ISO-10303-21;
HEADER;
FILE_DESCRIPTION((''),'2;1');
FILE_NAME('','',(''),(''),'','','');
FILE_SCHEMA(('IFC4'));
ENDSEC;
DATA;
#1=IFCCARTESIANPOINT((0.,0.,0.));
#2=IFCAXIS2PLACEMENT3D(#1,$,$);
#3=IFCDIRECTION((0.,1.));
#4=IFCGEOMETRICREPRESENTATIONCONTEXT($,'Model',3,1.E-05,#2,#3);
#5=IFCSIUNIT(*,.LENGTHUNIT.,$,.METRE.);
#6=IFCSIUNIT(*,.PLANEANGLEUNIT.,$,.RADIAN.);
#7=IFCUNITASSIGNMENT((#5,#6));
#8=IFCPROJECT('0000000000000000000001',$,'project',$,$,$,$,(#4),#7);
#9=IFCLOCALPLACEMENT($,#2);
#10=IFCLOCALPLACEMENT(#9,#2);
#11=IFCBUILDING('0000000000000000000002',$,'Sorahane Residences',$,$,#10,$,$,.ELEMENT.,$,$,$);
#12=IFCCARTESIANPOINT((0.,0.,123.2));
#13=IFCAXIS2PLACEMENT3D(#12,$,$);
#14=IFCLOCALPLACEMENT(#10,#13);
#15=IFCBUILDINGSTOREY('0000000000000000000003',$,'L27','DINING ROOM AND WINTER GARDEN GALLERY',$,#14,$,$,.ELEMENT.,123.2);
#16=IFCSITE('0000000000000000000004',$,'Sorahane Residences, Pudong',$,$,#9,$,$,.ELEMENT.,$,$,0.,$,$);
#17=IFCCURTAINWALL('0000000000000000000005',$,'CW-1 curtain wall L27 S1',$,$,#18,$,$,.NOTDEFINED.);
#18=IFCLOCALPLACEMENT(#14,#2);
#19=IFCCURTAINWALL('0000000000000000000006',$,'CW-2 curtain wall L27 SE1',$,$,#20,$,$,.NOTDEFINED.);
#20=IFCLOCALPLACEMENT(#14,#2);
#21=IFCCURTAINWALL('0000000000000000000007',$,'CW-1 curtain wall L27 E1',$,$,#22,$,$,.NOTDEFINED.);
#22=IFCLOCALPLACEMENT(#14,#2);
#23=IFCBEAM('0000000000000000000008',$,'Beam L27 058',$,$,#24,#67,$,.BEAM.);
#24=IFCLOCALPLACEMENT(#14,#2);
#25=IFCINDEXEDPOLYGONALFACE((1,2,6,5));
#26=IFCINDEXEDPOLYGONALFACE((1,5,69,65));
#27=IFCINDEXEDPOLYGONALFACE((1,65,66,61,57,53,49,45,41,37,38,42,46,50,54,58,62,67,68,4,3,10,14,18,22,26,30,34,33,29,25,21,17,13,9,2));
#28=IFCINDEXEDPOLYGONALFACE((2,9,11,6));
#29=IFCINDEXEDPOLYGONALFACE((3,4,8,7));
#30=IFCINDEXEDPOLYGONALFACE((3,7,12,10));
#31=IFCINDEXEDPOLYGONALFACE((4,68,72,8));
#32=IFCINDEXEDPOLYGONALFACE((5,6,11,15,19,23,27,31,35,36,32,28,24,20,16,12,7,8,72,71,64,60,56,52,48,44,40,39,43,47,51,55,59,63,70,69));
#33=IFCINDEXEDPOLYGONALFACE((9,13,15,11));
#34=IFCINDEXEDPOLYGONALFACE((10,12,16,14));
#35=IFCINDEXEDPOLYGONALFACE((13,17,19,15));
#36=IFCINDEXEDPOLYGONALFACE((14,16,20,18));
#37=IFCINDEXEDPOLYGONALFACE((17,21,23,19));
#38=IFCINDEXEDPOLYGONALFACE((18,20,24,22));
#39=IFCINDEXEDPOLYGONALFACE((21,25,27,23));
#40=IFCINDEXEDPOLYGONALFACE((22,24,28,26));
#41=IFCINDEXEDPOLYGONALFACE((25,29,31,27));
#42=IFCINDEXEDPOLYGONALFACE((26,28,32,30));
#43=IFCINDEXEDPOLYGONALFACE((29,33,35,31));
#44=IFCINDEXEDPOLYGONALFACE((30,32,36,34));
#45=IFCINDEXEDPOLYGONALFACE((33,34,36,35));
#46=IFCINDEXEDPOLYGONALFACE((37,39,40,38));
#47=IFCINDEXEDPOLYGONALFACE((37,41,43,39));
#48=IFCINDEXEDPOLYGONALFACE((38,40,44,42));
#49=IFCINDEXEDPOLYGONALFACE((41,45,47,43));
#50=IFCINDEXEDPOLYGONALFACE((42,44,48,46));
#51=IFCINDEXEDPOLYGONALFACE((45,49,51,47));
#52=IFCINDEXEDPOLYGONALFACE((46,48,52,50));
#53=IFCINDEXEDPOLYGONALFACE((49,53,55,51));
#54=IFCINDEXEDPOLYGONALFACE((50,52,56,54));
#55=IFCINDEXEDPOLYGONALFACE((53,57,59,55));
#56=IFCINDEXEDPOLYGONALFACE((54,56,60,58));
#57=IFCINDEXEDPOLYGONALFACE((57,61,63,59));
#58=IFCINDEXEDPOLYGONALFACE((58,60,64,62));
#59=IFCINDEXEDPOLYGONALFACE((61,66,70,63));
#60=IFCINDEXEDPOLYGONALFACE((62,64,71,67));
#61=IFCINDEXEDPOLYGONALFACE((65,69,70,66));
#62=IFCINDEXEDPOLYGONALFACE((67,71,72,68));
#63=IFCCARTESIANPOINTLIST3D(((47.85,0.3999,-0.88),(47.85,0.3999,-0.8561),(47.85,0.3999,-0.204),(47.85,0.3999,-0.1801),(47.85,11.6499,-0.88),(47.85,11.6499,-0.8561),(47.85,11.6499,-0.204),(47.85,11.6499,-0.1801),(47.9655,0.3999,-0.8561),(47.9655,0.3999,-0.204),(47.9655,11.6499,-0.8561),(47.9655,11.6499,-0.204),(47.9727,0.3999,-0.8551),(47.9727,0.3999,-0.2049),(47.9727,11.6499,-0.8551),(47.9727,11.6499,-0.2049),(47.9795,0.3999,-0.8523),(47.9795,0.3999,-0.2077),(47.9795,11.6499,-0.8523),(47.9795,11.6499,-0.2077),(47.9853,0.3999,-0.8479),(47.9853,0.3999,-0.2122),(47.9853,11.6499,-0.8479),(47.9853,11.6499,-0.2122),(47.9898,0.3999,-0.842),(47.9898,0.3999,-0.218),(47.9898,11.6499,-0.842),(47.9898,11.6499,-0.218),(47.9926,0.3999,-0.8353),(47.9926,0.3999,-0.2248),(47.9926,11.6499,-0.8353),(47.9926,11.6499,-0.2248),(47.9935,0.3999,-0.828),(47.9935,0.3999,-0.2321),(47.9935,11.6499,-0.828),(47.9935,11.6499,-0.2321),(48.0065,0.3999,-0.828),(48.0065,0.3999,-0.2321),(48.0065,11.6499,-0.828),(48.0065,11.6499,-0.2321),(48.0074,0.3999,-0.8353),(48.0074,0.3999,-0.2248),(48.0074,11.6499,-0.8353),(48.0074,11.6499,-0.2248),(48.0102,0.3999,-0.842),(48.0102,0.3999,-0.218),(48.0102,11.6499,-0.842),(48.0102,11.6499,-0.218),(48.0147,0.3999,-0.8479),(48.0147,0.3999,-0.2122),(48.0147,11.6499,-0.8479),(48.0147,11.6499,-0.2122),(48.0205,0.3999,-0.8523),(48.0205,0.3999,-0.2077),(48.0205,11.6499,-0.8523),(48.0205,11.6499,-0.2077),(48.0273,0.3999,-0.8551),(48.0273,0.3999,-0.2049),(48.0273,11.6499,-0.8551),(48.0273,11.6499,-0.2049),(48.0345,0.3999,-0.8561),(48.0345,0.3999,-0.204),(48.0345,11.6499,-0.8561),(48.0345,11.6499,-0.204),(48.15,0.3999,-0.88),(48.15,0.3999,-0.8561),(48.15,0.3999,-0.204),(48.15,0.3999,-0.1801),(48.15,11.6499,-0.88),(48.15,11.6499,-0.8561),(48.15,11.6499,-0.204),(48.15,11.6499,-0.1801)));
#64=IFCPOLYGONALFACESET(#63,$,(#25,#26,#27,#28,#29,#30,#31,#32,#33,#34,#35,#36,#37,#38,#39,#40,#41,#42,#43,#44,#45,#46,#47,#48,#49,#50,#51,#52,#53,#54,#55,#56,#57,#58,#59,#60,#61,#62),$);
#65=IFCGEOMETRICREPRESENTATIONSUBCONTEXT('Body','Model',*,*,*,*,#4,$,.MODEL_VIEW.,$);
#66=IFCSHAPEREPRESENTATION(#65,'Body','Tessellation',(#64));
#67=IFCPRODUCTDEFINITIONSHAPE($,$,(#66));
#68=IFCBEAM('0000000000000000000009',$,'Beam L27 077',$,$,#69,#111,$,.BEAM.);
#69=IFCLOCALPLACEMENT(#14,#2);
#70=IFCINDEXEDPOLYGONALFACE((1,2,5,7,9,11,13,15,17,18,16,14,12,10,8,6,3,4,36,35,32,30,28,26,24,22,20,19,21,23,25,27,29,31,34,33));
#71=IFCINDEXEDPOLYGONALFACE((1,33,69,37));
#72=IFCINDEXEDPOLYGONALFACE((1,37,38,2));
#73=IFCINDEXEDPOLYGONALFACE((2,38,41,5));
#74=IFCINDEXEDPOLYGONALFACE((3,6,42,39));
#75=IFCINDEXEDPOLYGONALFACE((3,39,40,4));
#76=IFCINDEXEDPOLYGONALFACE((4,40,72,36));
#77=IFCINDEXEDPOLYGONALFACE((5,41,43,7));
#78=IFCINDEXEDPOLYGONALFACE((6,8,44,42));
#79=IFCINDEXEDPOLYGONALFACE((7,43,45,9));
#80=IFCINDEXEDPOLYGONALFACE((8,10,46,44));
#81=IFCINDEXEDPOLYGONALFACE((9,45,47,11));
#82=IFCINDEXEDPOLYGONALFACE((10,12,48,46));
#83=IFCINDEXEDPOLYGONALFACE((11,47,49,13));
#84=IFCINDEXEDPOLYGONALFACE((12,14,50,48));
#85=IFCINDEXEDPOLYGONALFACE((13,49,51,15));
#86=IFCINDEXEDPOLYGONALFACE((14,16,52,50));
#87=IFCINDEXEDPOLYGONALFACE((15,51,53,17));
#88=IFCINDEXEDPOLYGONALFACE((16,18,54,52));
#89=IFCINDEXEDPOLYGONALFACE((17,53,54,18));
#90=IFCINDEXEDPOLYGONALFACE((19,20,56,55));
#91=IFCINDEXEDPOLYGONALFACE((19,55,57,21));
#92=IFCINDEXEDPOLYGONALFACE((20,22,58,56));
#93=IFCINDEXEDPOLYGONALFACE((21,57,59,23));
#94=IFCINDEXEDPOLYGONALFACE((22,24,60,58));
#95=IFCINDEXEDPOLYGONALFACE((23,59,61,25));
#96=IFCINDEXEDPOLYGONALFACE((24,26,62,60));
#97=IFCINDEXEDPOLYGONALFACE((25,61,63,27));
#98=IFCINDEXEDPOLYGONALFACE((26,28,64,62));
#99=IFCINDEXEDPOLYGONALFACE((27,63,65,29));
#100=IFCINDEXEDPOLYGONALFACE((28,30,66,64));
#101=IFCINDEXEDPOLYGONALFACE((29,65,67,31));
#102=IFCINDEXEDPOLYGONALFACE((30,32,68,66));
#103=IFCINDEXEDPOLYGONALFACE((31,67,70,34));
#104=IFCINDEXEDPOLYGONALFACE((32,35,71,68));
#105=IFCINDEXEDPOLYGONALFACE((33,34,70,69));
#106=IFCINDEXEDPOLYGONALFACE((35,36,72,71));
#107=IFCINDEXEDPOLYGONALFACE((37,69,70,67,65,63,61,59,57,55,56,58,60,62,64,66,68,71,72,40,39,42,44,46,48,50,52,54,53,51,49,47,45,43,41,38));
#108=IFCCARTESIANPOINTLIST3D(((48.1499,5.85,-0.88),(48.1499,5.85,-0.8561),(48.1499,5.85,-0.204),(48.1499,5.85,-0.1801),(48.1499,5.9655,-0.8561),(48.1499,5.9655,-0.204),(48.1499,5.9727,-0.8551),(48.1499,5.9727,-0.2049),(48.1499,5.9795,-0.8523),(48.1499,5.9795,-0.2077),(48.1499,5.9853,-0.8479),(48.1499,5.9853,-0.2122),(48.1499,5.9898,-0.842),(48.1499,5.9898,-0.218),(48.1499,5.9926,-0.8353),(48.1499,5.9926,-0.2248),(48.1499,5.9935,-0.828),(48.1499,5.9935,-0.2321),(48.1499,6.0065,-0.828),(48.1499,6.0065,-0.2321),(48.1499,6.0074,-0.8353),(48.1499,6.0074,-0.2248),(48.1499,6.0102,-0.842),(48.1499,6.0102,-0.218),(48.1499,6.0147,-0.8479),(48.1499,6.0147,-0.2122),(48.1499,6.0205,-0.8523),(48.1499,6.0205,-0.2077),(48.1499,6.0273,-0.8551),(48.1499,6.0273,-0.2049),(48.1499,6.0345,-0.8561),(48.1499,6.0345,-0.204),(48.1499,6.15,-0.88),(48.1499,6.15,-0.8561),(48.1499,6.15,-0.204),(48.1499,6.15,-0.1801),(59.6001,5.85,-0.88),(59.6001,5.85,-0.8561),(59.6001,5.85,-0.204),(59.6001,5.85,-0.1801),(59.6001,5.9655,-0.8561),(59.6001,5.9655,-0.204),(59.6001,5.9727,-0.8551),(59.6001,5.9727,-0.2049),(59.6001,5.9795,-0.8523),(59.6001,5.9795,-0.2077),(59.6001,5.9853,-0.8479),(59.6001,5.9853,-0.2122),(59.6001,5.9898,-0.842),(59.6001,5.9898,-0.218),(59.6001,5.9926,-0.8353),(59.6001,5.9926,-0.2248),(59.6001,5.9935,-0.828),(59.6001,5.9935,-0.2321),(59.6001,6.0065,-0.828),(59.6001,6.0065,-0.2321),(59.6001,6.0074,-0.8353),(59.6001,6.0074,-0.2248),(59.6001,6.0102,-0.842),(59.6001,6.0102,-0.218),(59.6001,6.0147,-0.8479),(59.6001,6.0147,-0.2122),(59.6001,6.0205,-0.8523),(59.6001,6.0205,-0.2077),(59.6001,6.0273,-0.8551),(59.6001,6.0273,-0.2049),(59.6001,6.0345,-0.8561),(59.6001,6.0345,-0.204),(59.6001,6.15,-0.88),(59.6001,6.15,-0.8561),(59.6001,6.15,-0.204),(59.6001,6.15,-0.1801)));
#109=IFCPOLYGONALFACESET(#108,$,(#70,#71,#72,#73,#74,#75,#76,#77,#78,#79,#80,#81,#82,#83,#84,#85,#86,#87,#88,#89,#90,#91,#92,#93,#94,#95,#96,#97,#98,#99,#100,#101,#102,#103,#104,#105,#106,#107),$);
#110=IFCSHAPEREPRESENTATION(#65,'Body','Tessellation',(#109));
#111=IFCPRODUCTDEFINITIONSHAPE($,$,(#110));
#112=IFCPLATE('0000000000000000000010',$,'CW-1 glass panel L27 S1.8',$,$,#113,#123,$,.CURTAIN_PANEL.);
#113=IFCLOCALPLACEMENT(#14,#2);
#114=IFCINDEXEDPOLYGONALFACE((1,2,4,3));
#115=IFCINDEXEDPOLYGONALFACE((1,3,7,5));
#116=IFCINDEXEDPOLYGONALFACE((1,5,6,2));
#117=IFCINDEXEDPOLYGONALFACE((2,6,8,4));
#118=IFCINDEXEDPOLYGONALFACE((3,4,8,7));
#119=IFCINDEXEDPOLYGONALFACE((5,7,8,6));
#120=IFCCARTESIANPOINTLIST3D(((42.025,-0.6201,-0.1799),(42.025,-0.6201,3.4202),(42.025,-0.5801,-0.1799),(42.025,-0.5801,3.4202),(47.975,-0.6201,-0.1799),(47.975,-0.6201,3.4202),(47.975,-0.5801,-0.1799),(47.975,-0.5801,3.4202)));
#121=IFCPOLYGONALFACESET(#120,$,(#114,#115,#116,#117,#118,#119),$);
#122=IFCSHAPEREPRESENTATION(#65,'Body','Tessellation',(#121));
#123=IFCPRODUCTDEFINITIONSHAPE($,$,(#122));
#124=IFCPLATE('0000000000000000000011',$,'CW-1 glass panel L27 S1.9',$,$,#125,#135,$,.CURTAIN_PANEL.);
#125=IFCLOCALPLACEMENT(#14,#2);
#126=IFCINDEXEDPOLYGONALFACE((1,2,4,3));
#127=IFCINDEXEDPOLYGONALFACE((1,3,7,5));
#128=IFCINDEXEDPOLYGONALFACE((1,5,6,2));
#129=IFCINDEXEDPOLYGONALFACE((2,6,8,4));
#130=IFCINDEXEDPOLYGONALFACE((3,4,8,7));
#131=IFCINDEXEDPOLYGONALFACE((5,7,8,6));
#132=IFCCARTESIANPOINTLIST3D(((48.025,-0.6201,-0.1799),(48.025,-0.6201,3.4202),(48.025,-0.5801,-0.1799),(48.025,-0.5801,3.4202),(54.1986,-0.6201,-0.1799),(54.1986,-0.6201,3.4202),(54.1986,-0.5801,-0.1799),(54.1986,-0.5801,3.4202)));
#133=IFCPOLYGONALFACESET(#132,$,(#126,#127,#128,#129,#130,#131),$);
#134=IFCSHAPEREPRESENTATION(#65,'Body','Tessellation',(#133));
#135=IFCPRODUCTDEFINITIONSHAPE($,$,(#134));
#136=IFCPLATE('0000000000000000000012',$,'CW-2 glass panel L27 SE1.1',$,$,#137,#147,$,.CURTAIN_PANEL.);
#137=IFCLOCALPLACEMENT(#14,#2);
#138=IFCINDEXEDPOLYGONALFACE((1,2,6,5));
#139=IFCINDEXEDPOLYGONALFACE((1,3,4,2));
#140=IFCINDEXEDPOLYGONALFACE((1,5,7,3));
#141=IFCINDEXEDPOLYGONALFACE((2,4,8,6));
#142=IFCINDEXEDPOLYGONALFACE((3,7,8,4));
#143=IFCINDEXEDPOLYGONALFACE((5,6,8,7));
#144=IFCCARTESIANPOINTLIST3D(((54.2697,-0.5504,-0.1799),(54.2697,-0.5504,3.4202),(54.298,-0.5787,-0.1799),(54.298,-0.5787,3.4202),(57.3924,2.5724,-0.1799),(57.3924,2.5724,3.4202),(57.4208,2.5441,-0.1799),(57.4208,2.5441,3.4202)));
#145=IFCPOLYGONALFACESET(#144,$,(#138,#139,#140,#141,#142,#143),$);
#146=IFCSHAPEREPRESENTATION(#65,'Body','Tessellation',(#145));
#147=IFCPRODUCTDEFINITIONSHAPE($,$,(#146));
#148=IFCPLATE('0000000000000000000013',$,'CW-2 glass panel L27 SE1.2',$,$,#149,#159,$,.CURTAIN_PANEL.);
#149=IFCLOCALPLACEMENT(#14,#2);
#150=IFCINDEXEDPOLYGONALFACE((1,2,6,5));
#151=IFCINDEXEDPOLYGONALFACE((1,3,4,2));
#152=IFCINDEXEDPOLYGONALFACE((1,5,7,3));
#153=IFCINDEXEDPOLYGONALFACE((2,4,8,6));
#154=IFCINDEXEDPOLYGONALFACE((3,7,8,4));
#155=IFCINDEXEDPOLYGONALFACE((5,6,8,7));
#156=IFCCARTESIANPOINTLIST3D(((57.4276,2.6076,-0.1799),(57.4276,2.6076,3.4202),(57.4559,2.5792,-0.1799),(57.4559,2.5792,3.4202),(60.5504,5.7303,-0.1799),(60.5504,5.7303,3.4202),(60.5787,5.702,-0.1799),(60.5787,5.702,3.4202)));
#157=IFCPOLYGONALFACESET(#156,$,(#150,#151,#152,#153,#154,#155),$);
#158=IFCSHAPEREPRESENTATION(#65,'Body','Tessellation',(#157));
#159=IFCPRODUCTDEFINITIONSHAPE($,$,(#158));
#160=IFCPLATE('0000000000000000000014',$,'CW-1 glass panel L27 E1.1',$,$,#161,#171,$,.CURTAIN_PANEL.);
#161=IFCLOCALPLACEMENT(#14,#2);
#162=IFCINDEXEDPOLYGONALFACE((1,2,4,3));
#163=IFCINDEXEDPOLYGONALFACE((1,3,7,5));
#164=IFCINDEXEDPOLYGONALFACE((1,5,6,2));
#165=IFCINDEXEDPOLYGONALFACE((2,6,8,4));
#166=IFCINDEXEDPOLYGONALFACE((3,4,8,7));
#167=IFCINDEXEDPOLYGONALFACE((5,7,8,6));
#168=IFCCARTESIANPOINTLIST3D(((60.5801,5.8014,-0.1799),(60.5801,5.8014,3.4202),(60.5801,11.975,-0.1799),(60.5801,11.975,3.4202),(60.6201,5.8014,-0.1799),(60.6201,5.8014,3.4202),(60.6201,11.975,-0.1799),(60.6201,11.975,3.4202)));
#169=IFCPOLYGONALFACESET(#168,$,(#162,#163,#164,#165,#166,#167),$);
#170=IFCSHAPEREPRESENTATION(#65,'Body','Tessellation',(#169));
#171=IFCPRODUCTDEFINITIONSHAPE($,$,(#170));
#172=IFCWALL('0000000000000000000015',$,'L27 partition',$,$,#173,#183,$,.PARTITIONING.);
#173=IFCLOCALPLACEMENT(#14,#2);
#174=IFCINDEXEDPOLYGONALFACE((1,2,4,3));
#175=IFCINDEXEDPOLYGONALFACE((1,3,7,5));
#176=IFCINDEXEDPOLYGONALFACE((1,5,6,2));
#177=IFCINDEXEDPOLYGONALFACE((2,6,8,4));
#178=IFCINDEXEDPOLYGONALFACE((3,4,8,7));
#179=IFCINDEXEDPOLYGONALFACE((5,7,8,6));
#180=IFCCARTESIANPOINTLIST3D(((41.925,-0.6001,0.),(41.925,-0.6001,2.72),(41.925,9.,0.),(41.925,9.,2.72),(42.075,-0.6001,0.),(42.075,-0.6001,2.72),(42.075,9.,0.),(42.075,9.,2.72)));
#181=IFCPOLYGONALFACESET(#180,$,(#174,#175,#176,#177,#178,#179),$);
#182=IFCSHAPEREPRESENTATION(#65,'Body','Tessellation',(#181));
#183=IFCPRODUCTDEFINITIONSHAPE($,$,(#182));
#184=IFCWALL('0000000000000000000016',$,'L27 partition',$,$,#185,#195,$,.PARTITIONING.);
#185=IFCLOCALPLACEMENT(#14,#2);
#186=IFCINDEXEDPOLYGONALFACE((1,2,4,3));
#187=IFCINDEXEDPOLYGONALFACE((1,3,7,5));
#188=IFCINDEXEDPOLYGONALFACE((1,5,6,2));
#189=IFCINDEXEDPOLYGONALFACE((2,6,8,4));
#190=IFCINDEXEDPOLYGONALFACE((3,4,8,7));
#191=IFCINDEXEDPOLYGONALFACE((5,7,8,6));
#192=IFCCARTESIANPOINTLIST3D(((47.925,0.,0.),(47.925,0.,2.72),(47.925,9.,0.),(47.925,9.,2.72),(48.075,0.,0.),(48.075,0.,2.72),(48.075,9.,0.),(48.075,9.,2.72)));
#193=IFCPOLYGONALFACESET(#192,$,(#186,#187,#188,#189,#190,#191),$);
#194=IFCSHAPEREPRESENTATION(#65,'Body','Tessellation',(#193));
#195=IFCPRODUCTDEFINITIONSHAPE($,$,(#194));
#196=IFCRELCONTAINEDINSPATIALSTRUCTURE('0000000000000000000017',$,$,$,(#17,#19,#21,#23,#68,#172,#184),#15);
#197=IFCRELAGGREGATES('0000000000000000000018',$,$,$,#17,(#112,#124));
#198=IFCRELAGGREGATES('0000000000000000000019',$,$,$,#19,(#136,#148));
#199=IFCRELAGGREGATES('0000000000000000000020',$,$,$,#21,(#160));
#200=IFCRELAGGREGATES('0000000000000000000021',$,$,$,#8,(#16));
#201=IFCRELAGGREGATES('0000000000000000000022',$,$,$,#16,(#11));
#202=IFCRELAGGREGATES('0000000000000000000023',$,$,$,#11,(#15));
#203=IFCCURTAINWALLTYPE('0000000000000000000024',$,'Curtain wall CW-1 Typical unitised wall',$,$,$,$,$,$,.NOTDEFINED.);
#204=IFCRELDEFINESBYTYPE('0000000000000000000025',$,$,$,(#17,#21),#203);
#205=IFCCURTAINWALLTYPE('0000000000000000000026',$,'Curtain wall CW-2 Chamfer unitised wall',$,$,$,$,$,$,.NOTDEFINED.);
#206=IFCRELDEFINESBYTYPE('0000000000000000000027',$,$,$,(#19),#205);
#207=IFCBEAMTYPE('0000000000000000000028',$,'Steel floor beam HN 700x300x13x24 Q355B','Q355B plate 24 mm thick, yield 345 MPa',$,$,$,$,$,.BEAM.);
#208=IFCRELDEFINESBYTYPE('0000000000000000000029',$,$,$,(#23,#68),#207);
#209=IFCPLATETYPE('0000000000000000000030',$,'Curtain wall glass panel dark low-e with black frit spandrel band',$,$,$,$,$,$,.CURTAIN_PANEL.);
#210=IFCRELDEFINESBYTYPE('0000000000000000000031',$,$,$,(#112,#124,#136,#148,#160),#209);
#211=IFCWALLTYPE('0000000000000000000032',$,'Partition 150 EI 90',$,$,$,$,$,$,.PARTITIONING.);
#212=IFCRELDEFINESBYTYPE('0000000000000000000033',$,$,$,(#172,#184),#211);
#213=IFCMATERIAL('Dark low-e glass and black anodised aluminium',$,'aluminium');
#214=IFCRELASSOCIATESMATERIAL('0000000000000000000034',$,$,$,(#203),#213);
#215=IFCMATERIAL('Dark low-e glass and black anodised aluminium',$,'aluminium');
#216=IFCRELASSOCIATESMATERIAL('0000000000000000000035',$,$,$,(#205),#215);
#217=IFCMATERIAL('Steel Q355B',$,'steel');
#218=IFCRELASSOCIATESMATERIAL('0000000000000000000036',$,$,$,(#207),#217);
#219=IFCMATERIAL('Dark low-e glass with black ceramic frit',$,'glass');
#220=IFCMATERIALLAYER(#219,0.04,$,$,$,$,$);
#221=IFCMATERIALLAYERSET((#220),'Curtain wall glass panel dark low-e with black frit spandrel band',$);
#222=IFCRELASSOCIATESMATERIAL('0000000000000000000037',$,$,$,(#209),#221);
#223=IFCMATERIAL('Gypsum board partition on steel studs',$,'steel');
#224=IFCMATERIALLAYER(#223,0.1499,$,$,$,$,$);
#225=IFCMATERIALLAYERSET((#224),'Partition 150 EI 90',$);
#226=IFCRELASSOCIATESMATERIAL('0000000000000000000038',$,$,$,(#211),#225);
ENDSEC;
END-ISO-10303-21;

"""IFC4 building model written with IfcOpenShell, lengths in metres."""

from ifc_helpers import new_model, si_unit, direction, frame, frame_2d, origin, origin_2d, place, context, subcontext, project, spatial, rectangle, i_section, extrude, material, layer, layer_set, material_profile, profile_set, type_object, element, aggregate, save


model = new_model("IFC4")

# Units and contexts
model_context = context("Model", 3, precision=1e-05, world=origin(), true_north=direction((0.0, 1.0)))
body_context = subcontext(model_context, "Body", "Model", "MODEL_VIEW")
ifc_project = project(units=[si_unit("LENGTHUNIT", "METRE"), si_unit("PLANEANGLEUNIT", "RADIAN")], contexts=[model_context])

# Site, building, storey
site_placement = place(None, origin())
site = spatial("IfcSite", under=ifc_project, at=site_placement, Name="Sorahane Residences, Pudong", CompositionType="ELEMENT", RefElevation=0.0)
building_placement = place(site_placement, origin())
building = spatial("IfcBuilding", under=site, at=building_placement, Name="Sorahane Residences", CompositionType="ELEMENT")
storey_placement = place(building_placement, frame((0.0, 0.0, 123.2)))
storey = spatial("IfcBuildingStorey", under=building, at=storey_placement, Name="L27", Description="DINING ROOM AND WINTER GARDEN GALLERY", CompositionType="ELEMENT", Elevation=123.2)

# Curtain walls
ifc_material_1 = material(Name="Dark low-e glass and black anodised aluminium", Category="aluminium")
curtain_wall_type_1 = type_object("IfcCurtainWallType", Name="Curtain wall CW-1 Typical unitised wall", PredefinedType="NOTDEFINED", material=ifc_material_1)
curtain_wall_1_placement = place(storey_placement, origin())
curtain_wall_1 = element("IfcCurtainWall", 1, at=curtain_wall_1_placement, inside=storey, type_object=curtain_wall_type_1, Name="CW-1 curtain wall L27 S1", PredefinedType="NOTDEFINED")
ifc_material_2 = material(Name="Dark low-e glass and black anodised aluminium", Category="aluminium")
curtain_wall_type_2 = type_object("IfcCurtainWallType", Name="Curtain wall CW-2 Chamfer unitised wall", PredefinedType="NOTDEFINED", material=ifc_material_2)
curtain_wall_2_placement = place(storey_placement, origin())
curtain_wall_2 = element("IfcCurtainWall", 2, at=curtain_wall_2_placement, inside=storey, type_object=curtain_wall_type_2, Name="CW-2 curtain wall L27 SE1", PredefinedType="NOTDEFINED")

# Curtain wall
curtain_wall_3_placement = place(storey_placement, origin())
curtain_wall_3 = element("IfcCurtainWall", 3, at=curtain_wall_3_placement, inside=storey, type_object=curtain_wall_type_1, Name="CW-1 curtain wall L27 E1", PredefinedType="NOTDEFINED")

# Beams
ifc_material_3 = material(Name="Steel Q355B", Category="steel")
ifc_material_profile_1 = material_profile(ifc_material_3, i_section(OverallWidth=0.3, OverallDepth=0.7, WebThickness=0.0129, FlangeThickness=0.0239, FilletRadius=0.0281, at=origin_2d()), Name="HN 700x300x13x24")
ifc_profile_set_1 = profile_set([ifc_material_profile_1], Name="Steel Q355B")
beam_type_1 = type_object("IfcBeamType", Name="Steel floor beam HN 700x300x13x24 Q355B", Description="Q355B plate 24 mm thick, yield 345 MPa", PredefinedType="BEAM", material=ifc_profile_set_1)
beam_1_placement = place(storey_placement, frame((48.0, 0.3999, -0.53), z_axis=(0.0, 1.0, 0.0), x_axis=(-1.0, 0.0, 0.0)))
element("IfcBeam", 4, at=beam_1_placement, inside=storey, type_object=beam_type_1, Name="Beam L27 058", PredefinedType="BEAM", context=body_context, shape_type="SweptSolid", body=[
    extrude(i_section(OverallWidth=0.3, OverallDepth=0.7, WebThickness=0.0129, FlangeThickness=0.0239, FilletRadius=0.0281, at=origin_2d()), origin(), (0.0, 0.0, 1.0), 11.25),
])
beam_2_placement = place(storey_placement, frame((48.1499, 6.0, -0.53), z_axis=(1.0, 0.0, 0.0), x_axis=(0.0, 1.0, 0.0)))
element("IfcBeam", 5, at=beam_2_placement, inside=storey, type_object=beam_type_1, Name="Beam L27 077", PredefinedType="BEAM", context=body_context, shape_type="SweptSolid", body=[
    extrude(i_section(OverallWidth=0.3, OverallDepth=0.7, WebThickness=0.0129, FlangeThickness=0.0239, FilletRadius=0.0281, at=origin_2d()), origin(), (0.0, 0.0, 1.0), 11.4502),
])

# Plates
ifc_material_4 = material(Name="Dark low-e glass with black ceramic frit", Category="glass")
ifc_layer_1 = layer(ifc_material_4, 0.04)
ifc_layer_set_1 = layer_set([ifc_layer_1], Name="Curtain wall glass panel dark low-e with black frit spandrel band")
plate_type = type_object("IfcPlateType", Name="Curtain wall glass panel dark low-e with black frit spandrel band", PredefinedType="CURTAIN_PANEL", material=ifc_layer_set_1)
plate_1_placement = place(storey_placement, frame((45.0, -0.6001, -0.1799), z_axis=(0.0, 0.0, 1.0), x_axis=(1.0, 0.0, 0.0)))
plate_1 = element("IfcPlate", 6, at=plate_1_placement, type_object=plate_type, Name="CW-1 glass panel L27 S1.8", PredefinedType="CURTAIN_PANEL", context=body_context, shape_type="SweptSolid", body=[
    extrude(rectangle(XDim=5.95, YDim=0.04, at=origin_2d()), origin(), (0.0, 0.0, 1.0), 3.6001),
])
plate_2_placement = place(storey_placement, frame((51.1118, -0.6001, -0.1799), z_axis=(0.0, 0.0, 1.0), x_axis=(1.0, 0.0, 0.0)))
plate_2 = element("IfcPlate", 7, at=plate_2_placement, type_object=plate_type, Name="CW-1 glass panel L27 S1.9", PredefinedType="CURTAIN_PANEL", context=body_context, shape_type="SweptSolid", body=[
    extrude(rectangle(XDim=6.1736, YDim=0.04, at=origin_2d()), origin(), (0.0, 0.0, 1.0), 3.6001),
])
aggregate(curtain_wall_1, [plate_1, plate_2])
plate_3_placement = place(storey_placement, frame((55.8452, 0.9968, -0.1799), z_axis=(0.0, 0.0, 1.0), x_axis=(0.707107, 0.707107, 0.0)))
plate_3 = element("IfcPlate", 8, at=plate_3_placement, type_object=plate_type, Name="CW-2 glass panel L27 SE1.1", PredefinedType="CURTAIN_PANEL", context=body_context, shape_type="SweptSolid", body=[
    extrude(rectangle(XDim=4.4163, YDim=0.04, at=origin_2d()), origin(), (0.0, 0.0, 1.0), 3.6001),
])
plate_4_placement = place(storey_placement, frame((59.0032, 4.1548, -0.1799), z_axis=(0.0, 0.0, 1.0), x_axis=(0.707107, 0.707107, 0.0)))
plate_4 = element("IfcPlate", 9, at=plate_4_placement, type_object=plate_type, Name="CW-2 glass panel L27 SE1.2", PredefinedType="CURTAIN_PANEL", context=body_context, shape_type="SweptSolid", body=[
    extrude(rectangle(XDim=4.4163, YDim=0.04, at=origin_2d()), origin(), (0.0, 0.0, 1.0), 3.6001),
])
aggregate(curtain_wall_2, [plate_3, plate_4])
plate_5_placement = place(storey_placement, frame((60.6001, 8.8882, -0.1799), z_axis=(0.0, 0.0, 1.0), x_axis=(0.0, 1.0, 0.0)))
plate_5 = element("IfcPlate", 10, at=plate_5_placement, type_object=plate_type, Name="CW-1 glass panel L27 E1.1", PredefinedType="CURTAIN_PANEL", context=body_context, shape_type="SweptSolid", body=[
    extrude(rectangle(XDim=6.1736, YDim=0.04, at=origin_2d()), origin(), (0.0, 0.0, 1.0), 3.6001),
])
aggregate(curtain_wall_3, [plate_5])

# Walls
ifc_material_5 = material(Name="Gypsum board partition on steel studs", Category="steel")
ifc_layer_2 = layer(ifc_material_5, 0.1499)
ifc_layer_set_2 = layer_set([ifc_layer_2], Name="Partition 150 EI 90")
wall_type = type_object("IfcWallType", Name="Partition 150 EI 90", PredefinedType="PARTITIONING", material=ifc_layer_set_2)
wall_1_placement = place(storey_placement, frame((42.0, -0.6001, 0.0), z_axis=(0.0, 0.0, 1.0), x_axis=(0.0, 1.0, 0.0)))
element("IfcWall", 11, at=wall_1_placement, inside=storey, type_object=wall_type, Name="L27 partition", PredefinedType="PARTITIONING", context=body_context, shape_type="SweptSolid", body=[
    extrude(rectangle(XDim=9.6001, YDim=0.1499, at=frame_2d((4.8, 0.0))), origin(), (0.0, 0.0, 1.0), 2.72),
])
wall_2_placement = place(storey_placement, frame((48.0, 0.0, 0.0), z_axis=(0.0, 0.0, 1.0), x_axis=(0.0, 1.0, 0.0)))
element("IfcWall", 12, at=wall_2_placement, inside=storey, type_object=wall_type, Name="L27 partition", PredefinedType="PARTITIONING", context=body_context, shape_type="SweptSolid", body=[
    extrude(rectangle(XDim=9.0, YDim=0.1499, at=frame_2d((4.5, 0.0))), origin(), (0.0, 0.0, 1.0), 2.72),
])

save(model, "model.ifc")
